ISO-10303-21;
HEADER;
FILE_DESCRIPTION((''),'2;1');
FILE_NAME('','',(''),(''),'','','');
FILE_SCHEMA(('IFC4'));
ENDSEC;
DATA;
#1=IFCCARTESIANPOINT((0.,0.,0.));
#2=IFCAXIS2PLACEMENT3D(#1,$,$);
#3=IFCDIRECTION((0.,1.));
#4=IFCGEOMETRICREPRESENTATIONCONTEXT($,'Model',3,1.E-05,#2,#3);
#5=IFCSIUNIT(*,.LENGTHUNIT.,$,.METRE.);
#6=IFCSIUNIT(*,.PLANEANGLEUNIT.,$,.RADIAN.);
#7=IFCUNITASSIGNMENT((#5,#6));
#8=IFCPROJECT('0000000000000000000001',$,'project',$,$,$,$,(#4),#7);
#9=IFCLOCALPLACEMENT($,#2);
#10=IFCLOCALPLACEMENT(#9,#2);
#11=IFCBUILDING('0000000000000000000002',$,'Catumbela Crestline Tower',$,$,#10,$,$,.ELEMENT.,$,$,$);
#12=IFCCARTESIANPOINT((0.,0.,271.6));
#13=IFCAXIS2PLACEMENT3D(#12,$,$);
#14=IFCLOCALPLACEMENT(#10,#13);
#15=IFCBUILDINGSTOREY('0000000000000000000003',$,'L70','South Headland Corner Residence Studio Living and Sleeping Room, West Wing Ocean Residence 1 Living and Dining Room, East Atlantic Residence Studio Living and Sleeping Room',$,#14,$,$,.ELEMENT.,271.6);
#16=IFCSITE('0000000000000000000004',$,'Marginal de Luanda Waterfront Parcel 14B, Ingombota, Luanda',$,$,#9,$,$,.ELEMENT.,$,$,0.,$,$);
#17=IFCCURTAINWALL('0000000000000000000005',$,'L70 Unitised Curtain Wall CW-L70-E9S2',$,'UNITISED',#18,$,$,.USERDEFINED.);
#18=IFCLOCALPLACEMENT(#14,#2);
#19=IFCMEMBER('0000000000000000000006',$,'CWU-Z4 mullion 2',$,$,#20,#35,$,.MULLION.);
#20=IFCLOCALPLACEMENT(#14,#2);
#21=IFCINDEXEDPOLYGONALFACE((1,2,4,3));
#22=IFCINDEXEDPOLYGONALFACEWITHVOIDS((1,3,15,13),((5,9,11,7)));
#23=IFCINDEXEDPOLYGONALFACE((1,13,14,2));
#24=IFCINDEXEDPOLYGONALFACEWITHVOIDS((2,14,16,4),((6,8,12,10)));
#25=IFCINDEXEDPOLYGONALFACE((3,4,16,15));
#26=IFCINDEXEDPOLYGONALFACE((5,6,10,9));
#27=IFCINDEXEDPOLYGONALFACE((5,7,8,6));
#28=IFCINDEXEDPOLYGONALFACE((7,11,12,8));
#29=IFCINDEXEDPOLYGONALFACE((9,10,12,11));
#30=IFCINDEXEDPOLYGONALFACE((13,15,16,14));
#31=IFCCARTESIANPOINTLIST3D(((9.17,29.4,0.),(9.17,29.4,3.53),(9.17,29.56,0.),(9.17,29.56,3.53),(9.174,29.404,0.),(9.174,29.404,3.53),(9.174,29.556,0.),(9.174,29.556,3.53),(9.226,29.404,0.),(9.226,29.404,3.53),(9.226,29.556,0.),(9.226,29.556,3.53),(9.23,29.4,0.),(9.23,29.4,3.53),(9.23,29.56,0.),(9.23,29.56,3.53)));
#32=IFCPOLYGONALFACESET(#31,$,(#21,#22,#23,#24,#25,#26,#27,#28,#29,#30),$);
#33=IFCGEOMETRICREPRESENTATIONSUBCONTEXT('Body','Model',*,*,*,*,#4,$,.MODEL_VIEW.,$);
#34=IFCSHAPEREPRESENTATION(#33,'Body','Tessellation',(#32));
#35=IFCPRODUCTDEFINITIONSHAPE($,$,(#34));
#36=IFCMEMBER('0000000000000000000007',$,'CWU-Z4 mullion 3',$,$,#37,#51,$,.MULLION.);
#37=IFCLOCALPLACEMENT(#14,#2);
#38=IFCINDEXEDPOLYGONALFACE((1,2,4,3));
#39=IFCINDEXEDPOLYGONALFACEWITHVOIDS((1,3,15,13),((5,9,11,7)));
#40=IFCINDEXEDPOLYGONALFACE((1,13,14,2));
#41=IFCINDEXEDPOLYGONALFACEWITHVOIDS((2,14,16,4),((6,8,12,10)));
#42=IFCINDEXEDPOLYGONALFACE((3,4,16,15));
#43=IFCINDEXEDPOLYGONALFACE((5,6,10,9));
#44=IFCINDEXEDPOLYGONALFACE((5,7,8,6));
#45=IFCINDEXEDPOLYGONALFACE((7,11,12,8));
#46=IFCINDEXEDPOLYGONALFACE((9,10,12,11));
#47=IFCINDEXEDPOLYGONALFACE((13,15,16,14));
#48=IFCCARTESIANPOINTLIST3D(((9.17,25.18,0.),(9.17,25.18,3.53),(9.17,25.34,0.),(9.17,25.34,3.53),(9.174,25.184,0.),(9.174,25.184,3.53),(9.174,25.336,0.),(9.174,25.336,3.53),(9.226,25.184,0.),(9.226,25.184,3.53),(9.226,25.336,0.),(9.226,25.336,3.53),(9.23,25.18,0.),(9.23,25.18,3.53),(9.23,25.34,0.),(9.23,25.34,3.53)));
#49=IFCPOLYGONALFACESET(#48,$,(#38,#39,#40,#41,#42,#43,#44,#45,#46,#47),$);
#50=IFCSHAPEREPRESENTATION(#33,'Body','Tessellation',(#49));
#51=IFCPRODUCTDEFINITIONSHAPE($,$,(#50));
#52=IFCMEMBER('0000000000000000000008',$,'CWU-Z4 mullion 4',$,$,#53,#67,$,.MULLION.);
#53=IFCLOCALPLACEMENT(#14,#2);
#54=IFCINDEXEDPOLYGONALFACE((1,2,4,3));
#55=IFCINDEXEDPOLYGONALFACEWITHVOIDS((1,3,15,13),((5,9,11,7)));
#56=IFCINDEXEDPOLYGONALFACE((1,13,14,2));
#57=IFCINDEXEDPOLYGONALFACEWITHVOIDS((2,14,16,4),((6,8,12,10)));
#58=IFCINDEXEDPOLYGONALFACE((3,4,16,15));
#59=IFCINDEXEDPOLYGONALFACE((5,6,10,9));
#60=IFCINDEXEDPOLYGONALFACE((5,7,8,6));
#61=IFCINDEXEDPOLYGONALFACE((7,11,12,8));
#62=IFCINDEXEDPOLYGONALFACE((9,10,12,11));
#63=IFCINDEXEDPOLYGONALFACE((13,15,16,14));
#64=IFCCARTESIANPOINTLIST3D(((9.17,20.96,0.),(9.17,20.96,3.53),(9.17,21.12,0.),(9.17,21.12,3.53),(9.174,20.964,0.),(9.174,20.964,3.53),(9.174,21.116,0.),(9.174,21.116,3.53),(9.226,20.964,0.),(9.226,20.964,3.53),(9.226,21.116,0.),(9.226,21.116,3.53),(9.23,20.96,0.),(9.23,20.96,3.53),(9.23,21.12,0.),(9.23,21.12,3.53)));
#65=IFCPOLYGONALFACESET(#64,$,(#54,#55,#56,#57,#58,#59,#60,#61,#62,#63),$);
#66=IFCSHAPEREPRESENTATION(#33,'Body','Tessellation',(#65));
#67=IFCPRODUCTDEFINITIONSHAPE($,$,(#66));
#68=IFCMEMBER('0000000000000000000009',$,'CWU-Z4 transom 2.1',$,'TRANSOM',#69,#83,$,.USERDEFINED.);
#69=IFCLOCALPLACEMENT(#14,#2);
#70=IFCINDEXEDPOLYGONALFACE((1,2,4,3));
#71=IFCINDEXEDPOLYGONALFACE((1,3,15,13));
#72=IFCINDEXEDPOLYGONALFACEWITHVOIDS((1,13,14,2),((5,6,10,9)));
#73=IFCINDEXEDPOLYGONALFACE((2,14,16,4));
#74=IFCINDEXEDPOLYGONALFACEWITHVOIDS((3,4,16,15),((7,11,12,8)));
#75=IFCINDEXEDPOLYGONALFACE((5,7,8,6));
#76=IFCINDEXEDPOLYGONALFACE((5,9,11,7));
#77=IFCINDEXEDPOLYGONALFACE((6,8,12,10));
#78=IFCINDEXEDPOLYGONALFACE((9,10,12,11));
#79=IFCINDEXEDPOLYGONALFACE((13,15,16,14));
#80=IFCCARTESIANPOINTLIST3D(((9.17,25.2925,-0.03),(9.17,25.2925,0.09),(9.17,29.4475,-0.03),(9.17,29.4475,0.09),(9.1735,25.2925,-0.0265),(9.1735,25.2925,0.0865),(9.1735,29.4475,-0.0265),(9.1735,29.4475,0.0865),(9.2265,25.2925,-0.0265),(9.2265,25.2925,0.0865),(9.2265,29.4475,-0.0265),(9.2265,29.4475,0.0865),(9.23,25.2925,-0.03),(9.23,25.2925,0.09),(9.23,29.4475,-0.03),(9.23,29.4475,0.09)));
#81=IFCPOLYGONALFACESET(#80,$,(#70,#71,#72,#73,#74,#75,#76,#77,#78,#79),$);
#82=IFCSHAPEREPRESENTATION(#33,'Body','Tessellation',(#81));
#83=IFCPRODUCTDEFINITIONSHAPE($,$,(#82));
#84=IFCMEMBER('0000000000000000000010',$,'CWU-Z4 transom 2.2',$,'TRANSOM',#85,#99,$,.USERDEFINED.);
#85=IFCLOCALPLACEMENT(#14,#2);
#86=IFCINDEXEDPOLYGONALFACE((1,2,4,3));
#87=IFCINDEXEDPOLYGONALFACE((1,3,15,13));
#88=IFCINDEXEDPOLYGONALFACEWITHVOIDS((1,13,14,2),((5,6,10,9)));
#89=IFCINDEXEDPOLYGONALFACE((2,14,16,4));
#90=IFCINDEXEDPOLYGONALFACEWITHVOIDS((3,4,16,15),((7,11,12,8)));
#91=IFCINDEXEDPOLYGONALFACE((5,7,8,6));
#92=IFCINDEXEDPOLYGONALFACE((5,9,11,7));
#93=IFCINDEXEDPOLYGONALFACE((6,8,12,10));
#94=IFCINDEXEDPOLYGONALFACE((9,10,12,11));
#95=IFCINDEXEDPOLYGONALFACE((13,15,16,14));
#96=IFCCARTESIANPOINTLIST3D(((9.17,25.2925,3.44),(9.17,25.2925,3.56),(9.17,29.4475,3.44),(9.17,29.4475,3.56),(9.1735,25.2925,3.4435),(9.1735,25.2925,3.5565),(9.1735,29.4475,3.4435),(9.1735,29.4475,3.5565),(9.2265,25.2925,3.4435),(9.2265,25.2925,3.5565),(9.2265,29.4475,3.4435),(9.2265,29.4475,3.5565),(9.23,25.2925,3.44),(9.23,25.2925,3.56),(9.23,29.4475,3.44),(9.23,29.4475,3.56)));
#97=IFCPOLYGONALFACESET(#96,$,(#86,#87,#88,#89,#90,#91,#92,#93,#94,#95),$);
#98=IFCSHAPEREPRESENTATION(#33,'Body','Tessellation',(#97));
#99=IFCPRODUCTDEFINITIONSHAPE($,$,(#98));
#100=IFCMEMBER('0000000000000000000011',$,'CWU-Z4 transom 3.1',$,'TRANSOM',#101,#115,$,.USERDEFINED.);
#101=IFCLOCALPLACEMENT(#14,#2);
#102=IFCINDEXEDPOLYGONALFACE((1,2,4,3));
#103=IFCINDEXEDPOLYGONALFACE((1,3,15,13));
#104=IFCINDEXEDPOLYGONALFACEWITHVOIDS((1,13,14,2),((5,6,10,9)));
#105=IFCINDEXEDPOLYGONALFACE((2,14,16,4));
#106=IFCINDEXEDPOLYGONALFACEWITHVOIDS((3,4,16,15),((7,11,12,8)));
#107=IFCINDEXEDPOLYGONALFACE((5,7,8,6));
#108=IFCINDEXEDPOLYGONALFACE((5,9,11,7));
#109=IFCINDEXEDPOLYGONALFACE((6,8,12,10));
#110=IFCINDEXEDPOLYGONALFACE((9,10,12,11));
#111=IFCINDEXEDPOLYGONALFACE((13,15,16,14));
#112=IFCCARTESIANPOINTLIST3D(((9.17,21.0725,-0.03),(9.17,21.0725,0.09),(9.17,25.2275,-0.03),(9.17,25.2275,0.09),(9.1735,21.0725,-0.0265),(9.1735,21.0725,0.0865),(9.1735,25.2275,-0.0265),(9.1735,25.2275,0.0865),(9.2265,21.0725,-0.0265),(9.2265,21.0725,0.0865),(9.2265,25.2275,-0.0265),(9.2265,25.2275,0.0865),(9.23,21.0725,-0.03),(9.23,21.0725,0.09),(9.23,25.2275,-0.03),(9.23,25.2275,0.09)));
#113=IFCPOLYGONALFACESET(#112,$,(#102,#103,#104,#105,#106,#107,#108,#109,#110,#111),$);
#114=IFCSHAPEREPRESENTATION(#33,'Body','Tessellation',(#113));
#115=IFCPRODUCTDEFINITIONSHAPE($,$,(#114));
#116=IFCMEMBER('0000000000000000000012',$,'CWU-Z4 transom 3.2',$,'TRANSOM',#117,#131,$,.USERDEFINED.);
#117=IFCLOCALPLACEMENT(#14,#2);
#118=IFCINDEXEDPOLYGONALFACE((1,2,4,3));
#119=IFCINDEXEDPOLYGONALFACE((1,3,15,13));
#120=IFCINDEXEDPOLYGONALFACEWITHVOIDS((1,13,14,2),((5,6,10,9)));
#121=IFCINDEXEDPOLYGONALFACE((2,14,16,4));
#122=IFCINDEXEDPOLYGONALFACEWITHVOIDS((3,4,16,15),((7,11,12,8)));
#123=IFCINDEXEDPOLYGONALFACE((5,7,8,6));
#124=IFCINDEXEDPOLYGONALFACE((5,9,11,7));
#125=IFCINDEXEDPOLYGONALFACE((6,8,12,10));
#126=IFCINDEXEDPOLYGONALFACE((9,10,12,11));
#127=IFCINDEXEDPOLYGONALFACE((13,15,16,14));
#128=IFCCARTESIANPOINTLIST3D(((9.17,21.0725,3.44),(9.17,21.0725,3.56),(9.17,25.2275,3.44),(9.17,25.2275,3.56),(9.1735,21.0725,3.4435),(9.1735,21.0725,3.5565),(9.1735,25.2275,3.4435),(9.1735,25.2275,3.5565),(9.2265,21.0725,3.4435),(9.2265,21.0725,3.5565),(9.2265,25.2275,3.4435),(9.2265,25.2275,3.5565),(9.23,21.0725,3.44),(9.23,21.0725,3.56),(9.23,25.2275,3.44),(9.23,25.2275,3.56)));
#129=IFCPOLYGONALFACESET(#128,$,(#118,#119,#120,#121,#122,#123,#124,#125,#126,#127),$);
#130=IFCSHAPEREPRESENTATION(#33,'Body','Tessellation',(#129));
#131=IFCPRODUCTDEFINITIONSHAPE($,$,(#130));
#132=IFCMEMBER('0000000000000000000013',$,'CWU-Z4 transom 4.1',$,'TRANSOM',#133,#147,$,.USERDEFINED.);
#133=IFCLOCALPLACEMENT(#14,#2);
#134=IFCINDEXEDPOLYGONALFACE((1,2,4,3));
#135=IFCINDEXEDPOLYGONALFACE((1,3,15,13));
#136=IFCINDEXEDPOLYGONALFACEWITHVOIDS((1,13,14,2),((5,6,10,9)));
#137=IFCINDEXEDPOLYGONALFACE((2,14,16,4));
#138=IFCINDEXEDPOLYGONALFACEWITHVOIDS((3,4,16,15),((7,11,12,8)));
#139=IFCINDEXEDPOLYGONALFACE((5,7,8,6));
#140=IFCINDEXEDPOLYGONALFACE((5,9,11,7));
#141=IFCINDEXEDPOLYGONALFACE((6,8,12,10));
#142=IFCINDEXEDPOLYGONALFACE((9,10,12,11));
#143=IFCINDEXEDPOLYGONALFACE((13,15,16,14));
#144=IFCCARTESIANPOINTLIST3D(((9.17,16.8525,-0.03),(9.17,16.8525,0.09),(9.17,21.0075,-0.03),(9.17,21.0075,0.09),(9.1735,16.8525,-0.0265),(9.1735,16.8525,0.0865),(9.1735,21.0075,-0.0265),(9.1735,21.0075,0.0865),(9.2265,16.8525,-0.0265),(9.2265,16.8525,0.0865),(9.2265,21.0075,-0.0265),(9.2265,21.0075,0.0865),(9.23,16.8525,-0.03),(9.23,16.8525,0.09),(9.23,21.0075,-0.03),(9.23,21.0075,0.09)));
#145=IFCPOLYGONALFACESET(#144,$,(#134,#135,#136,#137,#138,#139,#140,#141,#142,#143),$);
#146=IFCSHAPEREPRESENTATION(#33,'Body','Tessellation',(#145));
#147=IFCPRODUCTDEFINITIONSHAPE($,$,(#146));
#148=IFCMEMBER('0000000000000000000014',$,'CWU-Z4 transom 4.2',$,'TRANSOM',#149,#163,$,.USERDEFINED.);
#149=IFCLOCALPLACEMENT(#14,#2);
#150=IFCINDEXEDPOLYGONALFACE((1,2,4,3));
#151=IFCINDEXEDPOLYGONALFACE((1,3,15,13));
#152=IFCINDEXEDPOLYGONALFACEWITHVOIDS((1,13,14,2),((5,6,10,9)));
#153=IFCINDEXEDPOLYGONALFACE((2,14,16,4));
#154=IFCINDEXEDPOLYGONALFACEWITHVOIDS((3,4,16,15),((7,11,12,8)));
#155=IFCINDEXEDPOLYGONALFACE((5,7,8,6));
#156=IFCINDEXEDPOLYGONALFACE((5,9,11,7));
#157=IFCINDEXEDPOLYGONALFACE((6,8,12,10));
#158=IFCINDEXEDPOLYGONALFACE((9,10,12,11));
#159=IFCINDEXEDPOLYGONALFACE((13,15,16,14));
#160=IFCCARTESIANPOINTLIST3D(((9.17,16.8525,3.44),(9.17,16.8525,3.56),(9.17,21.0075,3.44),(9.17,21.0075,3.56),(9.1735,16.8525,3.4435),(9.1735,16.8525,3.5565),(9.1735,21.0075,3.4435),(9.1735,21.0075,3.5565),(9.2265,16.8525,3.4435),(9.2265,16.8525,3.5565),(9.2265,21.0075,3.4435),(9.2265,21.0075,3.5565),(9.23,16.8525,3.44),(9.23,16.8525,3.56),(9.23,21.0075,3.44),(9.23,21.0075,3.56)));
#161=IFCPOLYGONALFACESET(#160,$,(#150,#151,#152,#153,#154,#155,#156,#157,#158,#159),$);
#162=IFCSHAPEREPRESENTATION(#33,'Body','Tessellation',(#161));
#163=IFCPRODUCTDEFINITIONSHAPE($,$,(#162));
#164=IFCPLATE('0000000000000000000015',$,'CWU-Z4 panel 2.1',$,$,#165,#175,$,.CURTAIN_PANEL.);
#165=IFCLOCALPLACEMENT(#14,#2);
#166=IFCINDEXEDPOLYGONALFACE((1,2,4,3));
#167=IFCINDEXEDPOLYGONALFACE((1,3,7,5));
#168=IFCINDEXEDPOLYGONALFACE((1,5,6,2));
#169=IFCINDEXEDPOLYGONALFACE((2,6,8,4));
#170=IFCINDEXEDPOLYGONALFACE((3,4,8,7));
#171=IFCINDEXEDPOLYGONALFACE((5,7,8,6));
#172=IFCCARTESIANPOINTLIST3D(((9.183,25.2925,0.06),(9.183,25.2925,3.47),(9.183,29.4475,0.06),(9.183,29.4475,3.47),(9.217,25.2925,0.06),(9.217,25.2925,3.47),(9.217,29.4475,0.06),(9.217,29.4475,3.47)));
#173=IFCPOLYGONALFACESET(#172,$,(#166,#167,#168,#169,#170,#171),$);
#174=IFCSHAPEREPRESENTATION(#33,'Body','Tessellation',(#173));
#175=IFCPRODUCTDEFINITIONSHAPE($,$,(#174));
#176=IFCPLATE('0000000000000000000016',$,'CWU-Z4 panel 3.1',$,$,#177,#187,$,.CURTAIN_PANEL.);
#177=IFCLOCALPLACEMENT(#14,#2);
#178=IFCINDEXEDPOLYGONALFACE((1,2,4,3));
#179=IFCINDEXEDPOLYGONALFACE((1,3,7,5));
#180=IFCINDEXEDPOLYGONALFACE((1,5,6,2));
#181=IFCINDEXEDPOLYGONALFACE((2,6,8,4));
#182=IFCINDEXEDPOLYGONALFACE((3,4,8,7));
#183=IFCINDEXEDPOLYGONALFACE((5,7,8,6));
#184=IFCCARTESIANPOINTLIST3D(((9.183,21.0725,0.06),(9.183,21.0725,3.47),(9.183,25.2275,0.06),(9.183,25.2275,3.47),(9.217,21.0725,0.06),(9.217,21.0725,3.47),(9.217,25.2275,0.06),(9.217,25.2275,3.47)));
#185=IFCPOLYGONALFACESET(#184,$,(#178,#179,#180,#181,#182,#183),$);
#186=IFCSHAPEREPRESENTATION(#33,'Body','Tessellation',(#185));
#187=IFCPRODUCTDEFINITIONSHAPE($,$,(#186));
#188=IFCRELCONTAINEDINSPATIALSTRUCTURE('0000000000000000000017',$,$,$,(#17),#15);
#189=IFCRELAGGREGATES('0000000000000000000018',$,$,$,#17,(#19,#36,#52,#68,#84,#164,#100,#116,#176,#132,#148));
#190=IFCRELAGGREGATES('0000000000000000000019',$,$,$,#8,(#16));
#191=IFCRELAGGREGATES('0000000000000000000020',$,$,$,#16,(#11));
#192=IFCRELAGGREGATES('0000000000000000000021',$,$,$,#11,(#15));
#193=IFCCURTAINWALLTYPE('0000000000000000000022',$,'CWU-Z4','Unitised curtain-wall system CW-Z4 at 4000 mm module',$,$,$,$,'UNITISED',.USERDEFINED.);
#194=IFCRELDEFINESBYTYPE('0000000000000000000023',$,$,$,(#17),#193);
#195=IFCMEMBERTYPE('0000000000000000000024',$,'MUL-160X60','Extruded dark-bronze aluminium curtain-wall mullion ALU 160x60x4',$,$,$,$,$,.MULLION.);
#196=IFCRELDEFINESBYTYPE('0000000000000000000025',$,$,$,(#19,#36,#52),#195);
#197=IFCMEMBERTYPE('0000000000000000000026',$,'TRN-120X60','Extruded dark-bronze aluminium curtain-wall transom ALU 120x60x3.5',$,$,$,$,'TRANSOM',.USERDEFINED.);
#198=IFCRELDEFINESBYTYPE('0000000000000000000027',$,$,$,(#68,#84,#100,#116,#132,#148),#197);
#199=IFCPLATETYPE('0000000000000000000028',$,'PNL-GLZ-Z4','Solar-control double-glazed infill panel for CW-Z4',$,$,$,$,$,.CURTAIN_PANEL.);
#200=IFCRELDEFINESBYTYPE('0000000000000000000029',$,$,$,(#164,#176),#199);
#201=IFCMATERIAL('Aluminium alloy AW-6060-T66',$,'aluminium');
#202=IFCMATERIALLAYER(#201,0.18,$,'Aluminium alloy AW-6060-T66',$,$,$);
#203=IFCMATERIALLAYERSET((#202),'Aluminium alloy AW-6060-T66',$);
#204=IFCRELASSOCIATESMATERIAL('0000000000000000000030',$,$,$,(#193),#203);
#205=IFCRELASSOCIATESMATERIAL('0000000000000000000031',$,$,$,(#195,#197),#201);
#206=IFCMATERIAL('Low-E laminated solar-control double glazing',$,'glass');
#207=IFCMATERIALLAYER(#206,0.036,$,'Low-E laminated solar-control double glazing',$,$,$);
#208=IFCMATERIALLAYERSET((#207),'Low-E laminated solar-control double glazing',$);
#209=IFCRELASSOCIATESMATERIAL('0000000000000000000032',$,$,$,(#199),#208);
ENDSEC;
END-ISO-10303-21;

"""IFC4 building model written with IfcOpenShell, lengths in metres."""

from ifc_helpers import new_model, si_unit, direction, frame, origin, origin_2d, place, context, subcontext, project, spatial, rectangle, hollow_rectangle, extrude, material, layer, layer_set, material_profile, profile_set, type_object, element, aggregate, save


model = new_model("IFC4")

# Units and contexts
model_context = context("Model", 3, precision=1e-05, world=origin(), true_north=direction((0.0, 1.0)))
body_context = subcontext(model_context, "Body", "Model", "MODEL_VIEW")
ifc_project = project(units=[si_unit("LENGTHUNIT", "METRE"), si_unit("PLANEANGLEUNIT", "RADIAN")], contexts=[model_context])

# Site, building, storey
site_placement = place(None, origin())
site = spatial("IfcSite", under=ifc_project, at=site_placement, Name="Marginal de Luanda Waterfront Parcel 14B, Ingombota, Luanda", CompositionType="ELEMENT", RefElevation=0.0)
building_placement = place(site_placement, origin())
building = spatial("IfcBuilding", under=site, at=building_placement, Name="Catumbela Crestline Tower", CompositionType="ELEMENT")
storey_placement = place(building_placement, frame((0.0, 0.0, 271.6)))
storey = spatial("IfcBuildingStorey", under=building, at=storey_placement, Name="L70", Description="South Headland Corner Residence Studio Living and Sleeping Room, West Wing Ocean Residence 1 Living and Dining Room, East Atlantic Residence Studio Living and Sleeping Room", CompositionType="ELEMENT", Elevation=271.6)

# Curtain wall, members, plates
ifc_material_1 = material(Name="Aluminium alloy AW-6060-T66", Category="aluminium")
ifc_layer_1 = layer(ifc_material_1, 0.18, Name="Aluminium alloy AW-6060-T66")
ifc_layer_set_1 = layer_set([ifc_layer_1], Name="Aluminium alloy AW-6060-T66")
curtain_wall_type = type_object("IfcCurtainWallType", Name="CWU-Z4", Description="Unitised curtain-wall system CW-Z4 at 4000 mm module", ElementType="UNITISED", PredefinedType="USERDEFINED", material=ifc_layer_set_1)
curtain_wall_placement = place(storey_placement, origin())
curtain_wall = element("IfcCurtainWall", 1, at=curtain_wall_placement, inside=storey, type_object=curtain_wall_type, Name="L70 Unitised Curtain Wall CW-L70-E9S2", ObjectType="UNITISED", PredefinedType="USERDEFINED")
ifc_material_profile_1 = material_profile(ifc_material_1, hollow_rectangle(XDim=0.06, YDim=0.16, WallThickness=0.004, at=origin_2d()), Name="ALU 160x60x4")
ifc_profile_set_1 = profile_set([ifc_material_profile_1], Name="Aluminium alloy AW-6060-T66")
member_type_1 = type_object("IfcMemberType", Name="MUL-160X60", Description="Extruded dark-bronze aluminium curtain-wall mullion ALU 160x60x4", PredefinedType="MULLION", material=ifc_profile_set_1)
member_1_placement = place(storey_placement, frame((9.2, 29.48, 0.0), z_axis=(0.0, 0.0, 1.0), x_axis=(1.0, 0.0, 0.0)))
member_1 = element("IfcMember", 2, at=member_1_placement, type_object=member_type_1, Name="CWU-Z4 mullion 2", PredefinedType="MULLION", context=body_context, shape_type="SweptSolid", body=[
    extrude(hollow_rectangle(XDim=0.06, YDim=0.16, WallThickness=0.004, at=origin_2d()), origin(), (0.0, 0.0, 1.0), 3.53),
])
member_2_placement = place(storey_placement, frame((9.2, 25.26, 0.0), z_axis=(0.0, 0.0, 1.0), x_axis=(1.0, 0.0, 0.0)))
member_2 = element("IfcMember", 3, at=member_2_placement, type_object=member_type_1, Name="CWU-Z4 mullion 3", PredefinedType="MULLION", context=body_context, shape_type="SweptSolid", body=[
    extrude(hollow_rectangle(XDim=0.06, YDim=0.16, WallThickness=0.004, at=origin_2d()), origin(), (0.0, 0.0, 1.0), 3.53),
])
member_3_placement = place(storey_placement, frame((9.2, 21.04, 0.0), z_axis=(0.0, 0.0, 1.0), x_axis=(1.0, 0.0, 0.0)))
member_3 = element("IfcMember", 4, at=member_3_placement, type_object=member_type_1, Name="CWU-Z4 mullion 4", PredefinedType="MULLION", context=body_context, shape_type="SweptSolid", body=[
    extrude(hollow_rectangle(XDim=0.06, YDim=0.16, WallThickness=0.004, at=origin_2d()), origin(), (0.0, 0.0, 1.0), 3.53),
])
ifc_material_profile_2 = material_profile(ifc_material_1, hollow_rectangle(XDim=0.06, YDim=0.12, WallThickness=0.0035, at=origin_2d()), Name="ALU 120x60x3.5")
ifc_profile_set_2 = profile_set([ifc_material_profile_2], Name="Aluminium alloy AW-6060-T66")
member_type_2 = type_object("IfcMemberType", Name="TRN-120X60", Description="Extruded dark-bronze aluminium curtain-wall transom ALU 120x60x3.5", ElementType="TRANSOM", PredefinedType="USERDEFINED", material=ifc_profile_set_2)
member_4_placement = place(storey_placement, frame((9.2, 29.4475, 0.03), z_axis=(0.0, -1.0, 0.0), x_axis=(1.0, 0.0, 0.0)))
member_4 = element("IfcMember", 5, at=member_4_placement, type_object=member_type_2, Name="CWU-Z4 transom 2.1", ObjectType="TRANSOM", PredefinedType="USERDEFINED", context=body_context, shape_type="SweptSolid", body=[
    extrude(hollow_rectangle(XDim=0.06, YDim=0.12, WallThickness=0.0035, at=origin_2d()), origin(), (0.0, 0.0, 1.0), 4.155),
])
member_5_placement = place(storey_placement, frame((9.2, 29.4475, 3.5), z_axis=(0.0, -1.0, 0.0), x_axis=(1.0, 0.0, 0.0)))
member_5 = element("IfcMember", 6, at=member_5_placement, type_object=member_type_2, Name="CWU-Z4 transom 2.2", ObjectType="TRANSOM", PredefinedType="USERDEFINED", context=body_context, shape_type="SweptSolid", body=[
    extrude(hollow_rectangle(XDim=0.06, YDim=0.12, WallThickness=0.0035, at=origin_2d()), origin(), (0.0, 0.0, 1.0), 4.155),
])
member_6_placement = place(storey_placement, frame((9.2, 25.2275, 0.03), z_axis=(0.0, -1.0, 0.0), x_axis=(1.0, 0.0, 0.0)))
member_6 = element("IfcMember", 7, at=member_6_placement, type_object=member_type_2, Name="CWU-Z4 transom 3.1", ObjectType="TRANSOM", PredefinedType="USERDEFINED", context=body_context, shape_type="SweptSolid", body=[
    extrude(hollow_rectangle(XDim=0.06, YDim=0.12, WallThickness=0.0035, at=origin_2d()), origin(), (0.0, 0.0, 1.0), 4.155),
])
member_7_placement = place(storey_placement, frame((9.2, 25.2275, 3.5), z_axis=(0.0, -1.0, 0.0), x_axis=(1.0, 0.0, 0.0)))
member_7 = element("IfcMember", 8, at=member_7_placement, type_object=member_type_2, Name="CWU-Z4 transom 3.2", ObjectType="TRANSOM", PredefinedType="USERDEFINED", context=body_context, shape_type="SweptSolid", body=[
    extrude(hollow_rectangle(XDim=0.06, YDim=0.12, WallThickness=0.0035, at=origin_2d()), origin(), (0.0, 0.0, 1.0), 4.155),
])
member_8_placement = place(storey_placement, frame((9.2, 21.0075, 0.03), z_axis=(0.0, -1.0, 0.0), x_axis=(1.0, 0.0, 0.0)))
member_8 = element("IfcMember", 9, at=member_8_placement, type_object=member_type_2, Name="CWU-Z4 transom 4.1", ObjectType="TRANSOM", PredefinedType="USERDEFINED", context=body_context, shape_type="SweptSolid", body=[
    extrude(hollow_rectangle(XDim=0.06, YDim=0.12, WallThickness=0.0035, at=origin_2d()), origin(), (0.0, 0.0, 1.0), 4.155),
])
member_9_placement = place(storey_placement, frame((9.2, 21.0075, 3.5), z_axis=(0.0, -1.0, 0.0), x_axis=(1.0, 0.0, 0.0)))
member_9 = element("IfcMember", 10, at=member_9_placement, type_object=member_type_2, Name="CWU-Z4 transom 4.2", ObjectType="TRANSOM", PredefinedType="USERDEFINED", context=body_context, shape_type="SweptSolid", body=[
    extrude(hollow_rectangle(XDim=0.06, YDim=0.12, WallThickness=0.0035, at=origin_2d()), origin(), (0.0, 0.0, 1.0), 4.155),
])
ifc_material_2 = material(Name="Low-E laminated solar-control double glazing", Category="glass")
ifc_layer_2 = layer(ifc_material_2, 0.036, Name="Low-E laminated solar-control double glazing")
ifc_layer_set_2 = layer_set([ifc_layer_2], Name="Low-E laminated solar-control double glazing")
plate_type = type_object("IfcPlateType", Name="PNL-GLZ-Z4", Description="Solar-control double-glazed infill panel for CW-Z4", PredefinedType="CURTAIN_PANEL", material=ifc_layer_set_2)
plate_1_placement = place(storey_placement, frame((9.2, 27.37, 0.06), z_axis=(0.0, 0.0, 1.0), x_axis=(0.0, -1.0, 0.0)))
plate_1 = element("IfcPlate", 11, at=plate_1_placement, type_object=plate_type, Name="CWU-Z4 panel 2.1", PredefinedType="CURTAIN_PANEL", context=body_context, shape_type="SweptSolid", body=[
    extrude(rectangle(XDim=4.155, YDim=0.034, at=origin_2d()), origin(), (0.0, 0.0, 1.0), 3.41),
])
plate_2_placement = place(storey_placement, frame((9.2, 23.15, 0.06), z_axis=(0.0, 0.0, 1.0), x_axis=(0.0, -1.0, 0.0)))
plate_2 = element("IfcPlate", 12, at=plate_2_placement, type_object=plate_type, Name="CWU-Z4 panel 3.1", PredefinedType="CURTAIN_PANEL", context=body_context, shape_type="SweptSolid", body=[
    extrude(rectangle(XDim=4.155, YDim=0.034, at=origin_2d()), origin(), (0.0, 0.0, 1.0), 3.41),
])
aggregate(curtain_wall, [member_1, member_2, member_3, member_4, member_5, plate_1, member_6, member_7, plate_2, member_8, member_9])

save(model, "model.ifc")
